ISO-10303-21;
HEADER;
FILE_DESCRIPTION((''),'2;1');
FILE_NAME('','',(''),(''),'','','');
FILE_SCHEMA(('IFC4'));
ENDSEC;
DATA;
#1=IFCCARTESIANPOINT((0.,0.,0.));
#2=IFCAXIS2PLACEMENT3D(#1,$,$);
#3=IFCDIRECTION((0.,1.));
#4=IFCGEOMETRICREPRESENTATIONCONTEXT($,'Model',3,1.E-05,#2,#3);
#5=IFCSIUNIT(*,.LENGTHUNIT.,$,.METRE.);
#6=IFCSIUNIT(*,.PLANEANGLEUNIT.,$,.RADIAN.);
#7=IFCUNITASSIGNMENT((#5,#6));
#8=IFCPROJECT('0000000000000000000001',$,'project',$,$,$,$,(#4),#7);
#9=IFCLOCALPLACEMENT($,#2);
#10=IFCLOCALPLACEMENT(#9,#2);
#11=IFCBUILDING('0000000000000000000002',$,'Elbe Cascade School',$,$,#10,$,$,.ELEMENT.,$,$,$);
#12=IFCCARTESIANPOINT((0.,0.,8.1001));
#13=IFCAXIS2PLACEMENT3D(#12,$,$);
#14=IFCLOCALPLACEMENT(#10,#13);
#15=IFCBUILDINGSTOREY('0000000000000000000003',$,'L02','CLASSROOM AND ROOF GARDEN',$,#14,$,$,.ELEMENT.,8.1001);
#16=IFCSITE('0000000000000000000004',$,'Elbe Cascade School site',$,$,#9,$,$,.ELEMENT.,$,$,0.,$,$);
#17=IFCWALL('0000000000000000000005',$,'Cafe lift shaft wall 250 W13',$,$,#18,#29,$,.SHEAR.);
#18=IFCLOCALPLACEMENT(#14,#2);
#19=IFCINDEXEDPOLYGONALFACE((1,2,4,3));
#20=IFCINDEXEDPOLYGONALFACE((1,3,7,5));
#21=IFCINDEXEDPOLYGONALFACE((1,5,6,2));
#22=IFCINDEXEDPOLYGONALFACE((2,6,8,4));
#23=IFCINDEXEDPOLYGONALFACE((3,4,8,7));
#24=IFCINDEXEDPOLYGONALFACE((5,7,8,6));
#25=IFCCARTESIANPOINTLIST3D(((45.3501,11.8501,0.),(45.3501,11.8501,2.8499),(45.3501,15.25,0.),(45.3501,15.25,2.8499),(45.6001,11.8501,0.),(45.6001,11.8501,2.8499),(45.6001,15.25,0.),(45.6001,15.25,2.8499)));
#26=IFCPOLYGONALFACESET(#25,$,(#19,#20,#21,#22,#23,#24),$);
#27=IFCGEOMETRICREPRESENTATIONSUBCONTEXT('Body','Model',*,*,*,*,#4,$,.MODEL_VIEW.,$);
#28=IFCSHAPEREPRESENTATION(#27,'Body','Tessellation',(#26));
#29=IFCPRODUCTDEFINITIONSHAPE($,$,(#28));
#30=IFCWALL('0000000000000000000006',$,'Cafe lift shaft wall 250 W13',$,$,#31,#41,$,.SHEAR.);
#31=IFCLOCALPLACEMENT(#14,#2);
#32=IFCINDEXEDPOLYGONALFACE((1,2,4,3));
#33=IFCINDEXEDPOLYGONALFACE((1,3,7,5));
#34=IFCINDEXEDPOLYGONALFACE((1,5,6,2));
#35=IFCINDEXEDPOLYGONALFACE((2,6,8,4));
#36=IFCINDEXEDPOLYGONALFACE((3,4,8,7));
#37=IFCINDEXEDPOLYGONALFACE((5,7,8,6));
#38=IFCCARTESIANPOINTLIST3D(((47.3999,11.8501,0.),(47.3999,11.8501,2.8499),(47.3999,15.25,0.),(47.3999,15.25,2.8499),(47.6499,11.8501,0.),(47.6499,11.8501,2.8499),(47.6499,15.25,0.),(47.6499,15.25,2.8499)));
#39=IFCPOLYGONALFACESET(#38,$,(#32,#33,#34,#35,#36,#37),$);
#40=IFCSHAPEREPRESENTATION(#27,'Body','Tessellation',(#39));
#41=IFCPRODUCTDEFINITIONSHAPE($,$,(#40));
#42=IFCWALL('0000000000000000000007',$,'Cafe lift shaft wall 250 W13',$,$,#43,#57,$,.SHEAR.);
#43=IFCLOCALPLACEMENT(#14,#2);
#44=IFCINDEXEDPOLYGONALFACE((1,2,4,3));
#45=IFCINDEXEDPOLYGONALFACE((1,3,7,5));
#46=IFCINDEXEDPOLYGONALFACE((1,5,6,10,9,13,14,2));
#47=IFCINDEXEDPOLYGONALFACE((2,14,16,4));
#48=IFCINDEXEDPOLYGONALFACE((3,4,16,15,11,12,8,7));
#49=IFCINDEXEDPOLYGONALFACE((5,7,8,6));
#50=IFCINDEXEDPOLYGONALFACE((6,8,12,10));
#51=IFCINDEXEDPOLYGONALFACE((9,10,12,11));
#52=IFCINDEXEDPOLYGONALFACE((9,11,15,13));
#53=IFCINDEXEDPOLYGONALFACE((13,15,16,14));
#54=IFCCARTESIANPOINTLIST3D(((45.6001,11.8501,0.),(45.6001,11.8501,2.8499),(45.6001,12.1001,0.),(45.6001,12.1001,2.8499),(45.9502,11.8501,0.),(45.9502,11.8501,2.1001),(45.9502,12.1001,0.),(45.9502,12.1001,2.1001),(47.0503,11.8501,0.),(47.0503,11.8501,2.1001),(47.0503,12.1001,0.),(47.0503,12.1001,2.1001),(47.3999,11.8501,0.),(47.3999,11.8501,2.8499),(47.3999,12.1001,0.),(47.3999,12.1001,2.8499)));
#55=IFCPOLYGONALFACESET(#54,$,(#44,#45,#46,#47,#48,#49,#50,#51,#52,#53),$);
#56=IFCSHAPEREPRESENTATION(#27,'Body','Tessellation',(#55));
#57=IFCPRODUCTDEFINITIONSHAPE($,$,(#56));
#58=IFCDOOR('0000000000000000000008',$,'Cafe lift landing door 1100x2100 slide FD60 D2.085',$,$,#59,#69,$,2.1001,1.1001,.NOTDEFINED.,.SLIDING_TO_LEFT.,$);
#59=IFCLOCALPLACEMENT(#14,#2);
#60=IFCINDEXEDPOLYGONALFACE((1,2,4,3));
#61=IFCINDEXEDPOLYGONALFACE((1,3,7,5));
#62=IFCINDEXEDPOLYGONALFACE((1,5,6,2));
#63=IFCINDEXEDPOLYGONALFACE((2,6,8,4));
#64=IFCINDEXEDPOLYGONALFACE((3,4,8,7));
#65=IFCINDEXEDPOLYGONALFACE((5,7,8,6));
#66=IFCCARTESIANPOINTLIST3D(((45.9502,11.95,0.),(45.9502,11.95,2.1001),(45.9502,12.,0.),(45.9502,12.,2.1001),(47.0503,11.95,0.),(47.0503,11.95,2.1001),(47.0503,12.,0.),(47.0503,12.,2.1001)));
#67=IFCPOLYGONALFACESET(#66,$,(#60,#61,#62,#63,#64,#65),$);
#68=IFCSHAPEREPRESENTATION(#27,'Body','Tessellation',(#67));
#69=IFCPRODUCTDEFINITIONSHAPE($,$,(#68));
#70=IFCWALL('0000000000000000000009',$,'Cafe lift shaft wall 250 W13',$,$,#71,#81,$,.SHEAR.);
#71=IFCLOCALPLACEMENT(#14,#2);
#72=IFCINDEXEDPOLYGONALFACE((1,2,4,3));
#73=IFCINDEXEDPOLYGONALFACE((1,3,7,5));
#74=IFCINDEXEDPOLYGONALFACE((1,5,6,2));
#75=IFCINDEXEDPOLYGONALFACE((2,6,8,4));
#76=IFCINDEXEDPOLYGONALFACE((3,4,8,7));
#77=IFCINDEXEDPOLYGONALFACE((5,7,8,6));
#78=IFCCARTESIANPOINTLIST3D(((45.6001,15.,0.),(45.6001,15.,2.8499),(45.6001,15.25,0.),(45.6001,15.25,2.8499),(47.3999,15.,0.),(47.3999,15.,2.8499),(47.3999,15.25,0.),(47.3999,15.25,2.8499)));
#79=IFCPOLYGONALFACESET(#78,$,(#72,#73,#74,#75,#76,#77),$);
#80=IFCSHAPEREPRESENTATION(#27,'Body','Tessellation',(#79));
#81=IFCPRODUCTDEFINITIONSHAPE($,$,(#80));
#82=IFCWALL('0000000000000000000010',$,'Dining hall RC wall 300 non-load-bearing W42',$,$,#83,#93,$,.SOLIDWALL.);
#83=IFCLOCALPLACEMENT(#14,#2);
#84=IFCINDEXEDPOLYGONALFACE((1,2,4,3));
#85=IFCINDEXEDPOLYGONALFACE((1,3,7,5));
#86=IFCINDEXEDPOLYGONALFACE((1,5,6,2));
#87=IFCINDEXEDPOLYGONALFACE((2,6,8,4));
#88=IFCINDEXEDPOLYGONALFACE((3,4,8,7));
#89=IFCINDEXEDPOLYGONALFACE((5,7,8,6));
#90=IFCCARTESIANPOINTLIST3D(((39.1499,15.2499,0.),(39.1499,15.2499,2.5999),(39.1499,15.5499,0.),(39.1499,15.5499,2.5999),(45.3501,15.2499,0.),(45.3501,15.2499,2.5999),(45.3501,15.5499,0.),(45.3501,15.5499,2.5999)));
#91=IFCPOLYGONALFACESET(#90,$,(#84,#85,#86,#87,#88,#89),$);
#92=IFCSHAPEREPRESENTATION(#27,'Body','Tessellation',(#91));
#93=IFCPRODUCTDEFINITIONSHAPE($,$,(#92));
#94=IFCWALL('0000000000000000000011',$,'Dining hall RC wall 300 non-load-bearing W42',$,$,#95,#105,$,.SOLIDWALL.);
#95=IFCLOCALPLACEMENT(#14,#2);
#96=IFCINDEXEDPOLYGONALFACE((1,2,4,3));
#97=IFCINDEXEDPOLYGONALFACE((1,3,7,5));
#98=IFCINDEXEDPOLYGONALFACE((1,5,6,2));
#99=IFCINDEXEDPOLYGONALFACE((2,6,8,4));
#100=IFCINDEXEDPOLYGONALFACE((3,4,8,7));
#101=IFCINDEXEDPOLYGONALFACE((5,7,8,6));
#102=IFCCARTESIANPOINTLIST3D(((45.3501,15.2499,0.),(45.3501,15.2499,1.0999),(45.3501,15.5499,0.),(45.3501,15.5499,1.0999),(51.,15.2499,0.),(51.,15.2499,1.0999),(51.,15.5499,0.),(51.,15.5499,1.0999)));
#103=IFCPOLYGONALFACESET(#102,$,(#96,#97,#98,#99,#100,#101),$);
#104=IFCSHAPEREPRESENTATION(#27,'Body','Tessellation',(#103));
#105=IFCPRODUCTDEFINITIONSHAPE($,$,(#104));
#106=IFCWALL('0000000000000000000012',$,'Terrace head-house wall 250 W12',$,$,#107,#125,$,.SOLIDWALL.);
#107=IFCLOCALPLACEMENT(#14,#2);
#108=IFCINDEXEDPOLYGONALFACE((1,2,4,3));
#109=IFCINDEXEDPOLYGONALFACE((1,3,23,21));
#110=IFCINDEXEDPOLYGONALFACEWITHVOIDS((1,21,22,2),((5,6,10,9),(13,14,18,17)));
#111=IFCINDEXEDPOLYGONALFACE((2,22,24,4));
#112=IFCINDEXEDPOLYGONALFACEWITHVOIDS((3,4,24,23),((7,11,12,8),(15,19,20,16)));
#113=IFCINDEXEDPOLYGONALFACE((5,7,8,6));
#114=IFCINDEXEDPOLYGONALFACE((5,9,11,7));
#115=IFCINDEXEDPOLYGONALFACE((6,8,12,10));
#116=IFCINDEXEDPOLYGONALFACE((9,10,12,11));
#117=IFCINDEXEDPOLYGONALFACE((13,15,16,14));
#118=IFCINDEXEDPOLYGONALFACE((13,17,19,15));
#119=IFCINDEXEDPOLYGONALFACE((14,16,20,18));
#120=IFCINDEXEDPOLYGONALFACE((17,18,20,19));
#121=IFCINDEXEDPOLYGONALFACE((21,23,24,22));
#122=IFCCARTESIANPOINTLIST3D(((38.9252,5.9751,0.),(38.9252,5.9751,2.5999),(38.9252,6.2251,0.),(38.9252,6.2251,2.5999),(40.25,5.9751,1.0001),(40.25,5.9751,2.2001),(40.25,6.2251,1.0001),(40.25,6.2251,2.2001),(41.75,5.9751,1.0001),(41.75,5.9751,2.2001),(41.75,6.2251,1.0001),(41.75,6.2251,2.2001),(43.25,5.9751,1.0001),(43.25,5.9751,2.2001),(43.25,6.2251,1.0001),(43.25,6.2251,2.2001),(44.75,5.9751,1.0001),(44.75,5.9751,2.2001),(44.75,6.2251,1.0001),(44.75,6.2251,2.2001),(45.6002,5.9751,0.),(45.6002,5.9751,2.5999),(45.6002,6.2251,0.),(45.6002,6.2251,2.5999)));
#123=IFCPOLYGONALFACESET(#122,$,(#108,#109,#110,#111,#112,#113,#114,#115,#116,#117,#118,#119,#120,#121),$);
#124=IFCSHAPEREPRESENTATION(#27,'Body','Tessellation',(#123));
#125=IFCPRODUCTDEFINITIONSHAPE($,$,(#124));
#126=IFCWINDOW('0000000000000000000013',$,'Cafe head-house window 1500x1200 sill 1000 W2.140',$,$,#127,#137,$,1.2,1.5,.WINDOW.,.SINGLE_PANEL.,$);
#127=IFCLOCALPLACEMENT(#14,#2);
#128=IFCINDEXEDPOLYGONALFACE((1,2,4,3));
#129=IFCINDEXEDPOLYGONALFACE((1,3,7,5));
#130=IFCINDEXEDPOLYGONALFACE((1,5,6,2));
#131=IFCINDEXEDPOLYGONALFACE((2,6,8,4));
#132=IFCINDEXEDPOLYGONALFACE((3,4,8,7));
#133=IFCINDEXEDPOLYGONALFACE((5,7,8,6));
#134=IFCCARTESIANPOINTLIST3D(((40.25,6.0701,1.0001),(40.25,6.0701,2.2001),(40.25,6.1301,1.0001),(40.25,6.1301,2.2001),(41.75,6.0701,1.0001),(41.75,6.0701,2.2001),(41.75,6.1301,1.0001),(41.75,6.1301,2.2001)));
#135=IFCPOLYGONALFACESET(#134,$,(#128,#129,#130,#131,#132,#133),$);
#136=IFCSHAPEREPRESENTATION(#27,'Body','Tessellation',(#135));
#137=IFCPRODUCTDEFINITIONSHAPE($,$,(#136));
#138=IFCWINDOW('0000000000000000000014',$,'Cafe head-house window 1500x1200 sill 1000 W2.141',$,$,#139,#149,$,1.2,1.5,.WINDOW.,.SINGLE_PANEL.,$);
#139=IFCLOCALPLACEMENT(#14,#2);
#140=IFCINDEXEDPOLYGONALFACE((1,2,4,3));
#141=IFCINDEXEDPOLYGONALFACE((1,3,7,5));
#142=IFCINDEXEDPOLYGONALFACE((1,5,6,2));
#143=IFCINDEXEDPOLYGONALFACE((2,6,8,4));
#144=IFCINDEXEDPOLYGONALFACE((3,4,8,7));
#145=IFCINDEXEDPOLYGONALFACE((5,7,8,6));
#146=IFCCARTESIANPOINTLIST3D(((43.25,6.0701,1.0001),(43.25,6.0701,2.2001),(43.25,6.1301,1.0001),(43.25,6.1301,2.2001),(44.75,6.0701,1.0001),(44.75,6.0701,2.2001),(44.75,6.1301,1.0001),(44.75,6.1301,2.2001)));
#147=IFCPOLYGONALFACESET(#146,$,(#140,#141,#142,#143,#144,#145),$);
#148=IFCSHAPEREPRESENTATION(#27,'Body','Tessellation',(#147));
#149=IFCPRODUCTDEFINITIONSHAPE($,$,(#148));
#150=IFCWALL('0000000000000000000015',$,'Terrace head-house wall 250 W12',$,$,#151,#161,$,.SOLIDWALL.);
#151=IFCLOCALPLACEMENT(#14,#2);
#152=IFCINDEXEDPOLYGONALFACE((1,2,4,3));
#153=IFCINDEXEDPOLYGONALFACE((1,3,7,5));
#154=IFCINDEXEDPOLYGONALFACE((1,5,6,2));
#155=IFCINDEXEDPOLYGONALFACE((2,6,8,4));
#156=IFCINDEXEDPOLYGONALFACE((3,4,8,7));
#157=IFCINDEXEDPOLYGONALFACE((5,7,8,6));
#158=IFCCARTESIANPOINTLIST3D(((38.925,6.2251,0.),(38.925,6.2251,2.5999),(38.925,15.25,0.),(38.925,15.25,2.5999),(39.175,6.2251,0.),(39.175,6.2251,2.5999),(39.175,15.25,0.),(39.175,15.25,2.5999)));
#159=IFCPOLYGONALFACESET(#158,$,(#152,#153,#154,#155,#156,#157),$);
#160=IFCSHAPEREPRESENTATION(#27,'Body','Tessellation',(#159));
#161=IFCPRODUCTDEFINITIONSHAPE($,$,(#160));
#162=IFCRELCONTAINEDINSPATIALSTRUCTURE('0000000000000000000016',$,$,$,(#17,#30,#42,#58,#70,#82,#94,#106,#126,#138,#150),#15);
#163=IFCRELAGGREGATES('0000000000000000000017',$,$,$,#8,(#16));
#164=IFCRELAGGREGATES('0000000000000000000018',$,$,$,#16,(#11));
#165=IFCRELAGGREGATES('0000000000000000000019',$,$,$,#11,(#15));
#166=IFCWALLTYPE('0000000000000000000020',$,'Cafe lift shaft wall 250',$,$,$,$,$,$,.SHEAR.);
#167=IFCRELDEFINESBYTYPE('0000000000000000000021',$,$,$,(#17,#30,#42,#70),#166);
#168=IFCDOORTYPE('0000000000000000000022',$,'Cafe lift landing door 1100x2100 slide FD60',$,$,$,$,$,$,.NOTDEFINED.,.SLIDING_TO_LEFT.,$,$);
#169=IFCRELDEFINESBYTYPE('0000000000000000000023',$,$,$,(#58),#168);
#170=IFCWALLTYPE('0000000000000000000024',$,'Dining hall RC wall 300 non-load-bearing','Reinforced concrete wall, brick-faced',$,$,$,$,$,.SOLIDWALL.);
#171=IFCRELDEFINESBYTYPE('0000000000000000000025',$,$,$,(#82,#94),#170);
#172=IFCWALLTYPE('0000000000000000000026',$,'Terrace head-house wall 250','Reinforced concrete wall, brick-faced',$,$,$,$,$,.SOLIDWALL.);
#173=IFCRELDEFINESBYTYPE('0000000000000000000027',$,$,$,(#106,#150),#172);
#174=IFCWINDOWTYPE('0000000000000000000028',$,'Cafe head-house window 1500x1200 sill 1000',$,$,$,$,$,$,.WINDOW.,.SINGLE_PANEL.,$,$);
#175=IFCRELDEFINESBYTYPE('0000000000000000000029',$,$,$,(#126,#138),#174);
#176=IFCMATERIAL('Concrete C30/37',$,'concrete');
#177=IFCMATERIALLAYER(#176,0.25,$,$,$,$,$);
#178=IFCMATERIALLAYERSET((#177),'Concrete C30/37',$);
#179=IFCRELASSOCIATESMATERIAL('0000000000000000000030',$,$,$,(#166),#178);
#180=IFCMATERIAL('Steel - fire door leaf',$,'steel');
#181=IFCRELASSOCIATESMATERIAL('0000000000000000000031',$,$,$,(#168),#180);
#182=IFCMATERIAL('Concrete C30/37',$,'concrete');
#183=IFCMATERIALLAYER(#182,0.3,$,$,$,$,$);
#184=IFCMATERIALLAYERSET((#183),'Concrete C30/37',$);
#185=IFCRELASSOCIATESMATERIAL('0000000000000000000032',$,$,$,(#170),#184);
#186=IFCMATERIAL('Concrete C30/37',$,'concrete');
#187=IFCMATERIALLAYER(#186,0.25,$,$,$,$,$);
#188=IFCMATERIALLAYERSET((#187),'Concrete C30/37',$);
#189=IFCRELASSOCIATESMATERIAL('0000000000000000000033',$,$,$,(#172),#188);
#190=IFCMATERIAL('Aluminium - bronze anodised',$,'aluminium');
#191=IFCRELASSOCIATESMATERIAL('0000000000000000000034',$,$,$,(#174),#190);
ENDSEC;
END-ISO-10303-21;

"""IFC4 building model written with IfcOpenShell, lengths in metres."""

from ifc_helpers import new_model, si_unit, direction, frame, frame_2d, origin, place, context, subcontext, project, spatial, rectangle, extrude, material, layer, layer_set, type_object, element, fill, save


model = new_model("IFC4")

# Units and contexts
model_context = context("Model", 3, precision=1e-05, world=origin(), true_north=direction((0.0, 1.0)))
body_context = subcontext(model_context, "Body", "Model", "MODEL_VIEW")
ifc_project = project(units=[si_unit("LENGTHUNIT", "METRE"), si_unit("PLANEANGLEUNIT", "RADIAN")], contexts=[model_context])

# Site, building, storey
site_placement = place(None, origin())
site = spatial("IfcSite", under=ifc_project, at=site_placement, Name="Elbe Cascade School site", CompositionType="ELEMENT", RefElevation=0.0)
building_placement = place(site_placement, origin())
building = spatial("IfcBuilding", under=site, at=building_placement, Name="Elbe Cascade School", CompositionType="ELEMENT")
storey_placement = place(building_placement, frame((0.0, 0.0, 8.1001)))
storey = spatial("IfcBuildingStorey", under=building, at=storey_placement, Name="L02", Description="CLASSROOM AND ROOF GARDEN", CompositionType="ELEMENT", Elevation=8.1001)

# Walls
ifc_material_1 = material(Name="Concrete C30/37", Category="concrete")
ifc_layer_1 = layer(ifc_material_1, 0.25)
ifc_layer_set_1 = layer_set([ifc_layer_1], Name="Concrete C30/37")
wall_type_1 = type_object("IfcWallType", Name="Cafe lift shaft wall 250", PredefinedType="SHEAR", material=ifc_layer_set_1)
for number, where, z_axis, x_axis, name in (
    (1, (45.4751, 11.8501, 0.0), (0.0, 0.0, 1.0), (0.0, 1.0, 0.0), "Cafe lift shaft wall 250 W13"),
    (2, (47.5249, 11.8501, 0.0), (0.0, 0.0, 1.0), (0.0, 1.0, 0.0), "Cafe lift shaft wall 250 W13"),
):
    element("IfcWall", number, at=place(storey_placement, frame(where, z_axis=z_axis, x_axis=x_axis)), inside=storey, type_object=wall_type_1, Name=name, PredefinedType="SHEAR", context=body_context, shape_type="SweptSolid", body=[
        extrude(rectangle(XDim=3.3999, YDim=0.25, at=frame_2d((1.7, 0.0))), origin(), (0.0, 0.0, 1.0), 2.8499),
    ])

# Wall, opening, door
wall_1_placement = place(storey_placement, frame((45.6001, 11.9751, 0.0), z_axis=(0.0, 0.0, 1.0), x_axis=(1.0, 0.0, 0.0)))
wall_1 = element("IfcWall", 3, at=wall_1_placement, inside=storey, type_object=wall_type_1, Name="Cafe lift shaft wall 250 W13", PredefinedType="SHEAR", context=body_context, shape_type="SweptSolid", body=[
    extrude(rectangle(XDim=1.7998, YDim=0.25, at=frame_2d((0.8999, 0.0))), origin(), (0.0, 0.0, 1.0), 2.8499),
])
opening_1_placement = place(wall_1_placement, frame((0.3501, 0.0, 0.0)))
opening_1 = element("IfcOpeningElement", 4, at=opening_1_placement, cuts=wall_1, PredefinedType="OPENING", context=body_context, shape_type="SweptSolid", body=[
    extrude(rectangle(XDim=1.1001, YDim=2.1001, at=frame_2d((0.55, 1.05))), frame((0.0, 0.135, 0.0), z_axis=(0.0, -1.0, 0.0), x_axis=(1.0, 0.0, 0.0)), (0.0, 0.0, 1.0), 0.27),
])
ifc_material_2 = material(Name="Steel - fire door leaf", Category="steel")
door_type_1 = type_object("IfcDoorType", Name="Cafe lift landing door 1100x2100 slide FD60", OperationType="SLIDING_TO_LEFT", PredefinedType="NOTDEFINED", material=ifc_material_2)
door_1_placement = place(opening_1_placement, origin())
door_1 = element("IfcDoor", 5, at=door_1_placement, inside=storey, type_object=door_type_1, Name="Cafe lift landing door 1100x2100 slide FD60 D2.085", OperationType="SLIDING_TO_LEFT", OverallHeight=2.1001, OverallWidth=1.1001, PredefinedType="NOTDEFINED", context=body_context, shape_type="SweptSolid", body=[
    extrude(rectangle(XDim=1.1001, YDim=2.1001, at=frame_2d((0.55, 1.05))), frame((0.0, 0.0249, 0.0), z_axis=(0.0, -1.0, 0.0), x_axis=(1.0, 0.0, 0.0)), (0.0, 0.0, 1.0), 0.05),
])
fill(opening_1, door_1)

# Walls
wall_2_placement = place(storey_placement, frame((45.6001, 15.125, 0.0), z_axis=(0.0, 0.0, 1.0), x_axis=(1.0, 0.0, 0.0)))
element("IfcWall", 6, at=wall_2_placement, inside=storey, type_object=wall_type_1, Name="Cafe lift shaft wall 250 W13", PredefinedType="SHEAR", context=body_context, shape_type="SweptSolid", body=[
    extrude(rectangle(XDim=1.7998, YDim=0.25, at=frame_2d((0.8999, 0.0))), origin(), (0.0, 0.0, 1.0), 2.8499),
])
ifc_material_3 = material(Name="Concrete C30/37", Category="concrete")
ifc_layer_2 = layer(ifc_material_3, 0.3)
ifc_layer_set_2 = layer_set([ifc_layer_2], Name="Concrete C30/37")
wall_type_2 = type_object("IfcWallType", Name="Dining hall RC wall 300 non-load-bearing", Description="Reinforced concrete wall, brick-faced", PredefinedType="SOLIDWALL", material=ifc_layer_set_2)
wall_3_placement = place(storey_placement, frame((45.3501, 15.3999, 0.0), z_axis=(0.0, 0.0, 1.0), x_axis=(-1.0, 0.0, 0.0)))
element("IfcWall", 7, at=wall_3_placement, inside=storey, type_object=wall_type_2, Name="Dining hall RC wall 300 non-load-bearing W42", PredefinedType="SOLIDWALL", context=body_context, shape_type="SweptSolid", body=[
    extrude(rectangle(XDim=6.2002, YDim=0.3, at=frame_2d((3.1001, 0.0))), origin(), (0.0, 0.0, 1.0), 2.5999),
])
wall_4_placement = place(storey_placement, frame((51.0, 15.3999, 0.0), z_axis=(0.0, 0.0, 1.0), x_axis=(-1.0, 0.0, 0.0)))
element("IfcWall", 8, at=wall_4_placement, inside=storey, type_object=wall_type_2, Name="Dining hall RC wall 300 non-load-bearing W42", PredefinedType="SOLIDWALL", context=body_context, shape_type="SweptSolid", body=[
    extrude(rectangle(XDim=5.6499, YDim=0.3, at=frame_2d((2.825, 0.0))), origin(), (0.0, 0.0, 1.0), 1.0999),
])

# Wall, openings, windows
ifc_material_4 = material(Name="Concrete C30/37", Category="concrete")
ifc_layer_3 = layer(ifc_material_4, 0.25)
ifc_layer_set_3 = layer_set([ifc_layer_3], Name="Concrete C30/37")
wall_type_3 = type_object("IfcWallType", Name="Terrace head-house wall 250", Description="Reinforced concrete wall, brick-faced", PredefinedType="SOLIDWALL", material=ifc_layer_set_3)
wall_5_placement = place(storey_placement, frame((45.6001, 6.1001, 0.0), z_axis=(0.0, 0.0, 1.0), x_axis=(-1.0, 0.0, 0.0)))
wall_5 = element("IfcWall", 9, at=wall_5_placement, inside=storey, type_object=wall_type_3, Name="Terrace head-house wall 250 W12", PredefinedType="SOLIDWALL", context=body_context, shape_type="SweptSolid", body=[
    extrude(rectangle(XDim=6.675, YDim=0.25, at=frame_2d((3.3374, 0.0))), origin(), (0.0, 0.0, 1.0), 2.5999),
])
opening_2_placement = place(wall_5_placement, frame((3.8501, 0.0, 1.0)))
opening_2 = element("IfcOpeningElement", 10, at=opening_2_placement, cuts=wall_5, PredefinedType="OPENING", context=body_context, shape_type="SweptSolid", body=[
    extrude(rectangle(XDim=1.5, YDim=1.2, at=frame_2d((0.75, 0.6001))), frame((0.0, 0.135, 0.0), z_axis=(0.0, -1.0, 0.0), x_axis=(1.0, 0.0, 0.0)), (0.0, 0.0, 1.0), 0.27),
])
opening_3_placement = place(wall_5_placement, frame((0.8501, 0.0, 1.0)))
opening_3 = element("IfcOpeningElement", 11, at=opening_3_placement, cuts=wall_5, PredefinedType="OPENING", context=body_context, shape_type="SweptSolid", body=[
    extrude(rectangle(XDim=1.5, YDim=1.2, at=frame_2d((0.75, 0.6001))), frame((0.0, 0.135, 0.0), z_axis=(0.0, -1.0, 0.0), x_axis=(1.0, 0.0, 0.0)), (0.0, 0.0, 1.0), 0.27),
])
ifc_material_5 = material(Name="Aluminium - bronze anodised", Category="aluminium")
window_type = type_object("IfcWindowType", Name="Cafe head-house window 1500x1200 sill 1000", PartitioningType="SINGLE_PANEL", PredefinedType="WINDOW", material=ifc_material_5)
window_1_placement = place(opening_2_placement, origin())
window_1 = element("IfcWindow", 12, at=window_1_placement, inside=storey, type_object=window_type, Name="Cafe head-house window 1500x1200 sill 1000 W2.140", OverallHeight=1.2, OverallWidth=1.5, PartitioningType="SINGLE_PANEL", PredefinedType="WINDOW", context=body_context, shape_type="SweptSolid", body=[
    extrude(rectangle(XDim=1.5, YDim=1.2, at=frame_2d((0.75, 0.6001))), frame((0.0, 0.03, 0.0), z_axis=(0.0, -1.0, 0.0), x_axis=(1.0, 0.0, 0.0)), (0.0, 0.0, 1.0), 0.0601),
])
fill(opening_2, window_1)
window_2_placement = place(opening_3_placement, origin())
window_2 = element("IfcWindow", 13, at=window_2_placement, inside=storey, type_object=window_type, Name="Cafe head-house window 1500x1200 sill 1000 W2.141", OverallHeight=1.2, OverallWidth=1.5, PartitioningType="SINGLE_PANEL", PredefinedType="WINDOW", context=body_context, shape_type="SweptSolid", body=[
    extrude(rectangle(XDim=1.5, YDim=1.2, at=frame_2d((0.75, 0.6001))), frame((0.0, 0.03, 0.0), z_axis=(0.0, -1.0, 0.0), x_axis=(1.0, 0.0, 0.0)), (0.0, 0.0, 1.0), 0.0601),
])
fill(opening_3, window_2)

# Wall
wall_6_placement = place(storey_placement, frame((39.05, 6.2251, 0.0), z_axis=(0.0, 0.0, 1.0), x_axis=(0.0, 1.0, 0.0)))
element("IfcWall", 14, at=wall_6_placement, inside=storey, type_object=wall_type_3, Name="Terrace head-house wall 250 W12", PredefinedType="SOLIDWALL", context=body_context, shape_type="SweptSolid", body=[
    extrude(rectangle(XDim=9.0249, YDim=0.25, at=frame_2d((4.5125, 0.0))), origin(), (0.0, 0.0, 1.0), 2.5999),
])

save(model, "model.ifc")
